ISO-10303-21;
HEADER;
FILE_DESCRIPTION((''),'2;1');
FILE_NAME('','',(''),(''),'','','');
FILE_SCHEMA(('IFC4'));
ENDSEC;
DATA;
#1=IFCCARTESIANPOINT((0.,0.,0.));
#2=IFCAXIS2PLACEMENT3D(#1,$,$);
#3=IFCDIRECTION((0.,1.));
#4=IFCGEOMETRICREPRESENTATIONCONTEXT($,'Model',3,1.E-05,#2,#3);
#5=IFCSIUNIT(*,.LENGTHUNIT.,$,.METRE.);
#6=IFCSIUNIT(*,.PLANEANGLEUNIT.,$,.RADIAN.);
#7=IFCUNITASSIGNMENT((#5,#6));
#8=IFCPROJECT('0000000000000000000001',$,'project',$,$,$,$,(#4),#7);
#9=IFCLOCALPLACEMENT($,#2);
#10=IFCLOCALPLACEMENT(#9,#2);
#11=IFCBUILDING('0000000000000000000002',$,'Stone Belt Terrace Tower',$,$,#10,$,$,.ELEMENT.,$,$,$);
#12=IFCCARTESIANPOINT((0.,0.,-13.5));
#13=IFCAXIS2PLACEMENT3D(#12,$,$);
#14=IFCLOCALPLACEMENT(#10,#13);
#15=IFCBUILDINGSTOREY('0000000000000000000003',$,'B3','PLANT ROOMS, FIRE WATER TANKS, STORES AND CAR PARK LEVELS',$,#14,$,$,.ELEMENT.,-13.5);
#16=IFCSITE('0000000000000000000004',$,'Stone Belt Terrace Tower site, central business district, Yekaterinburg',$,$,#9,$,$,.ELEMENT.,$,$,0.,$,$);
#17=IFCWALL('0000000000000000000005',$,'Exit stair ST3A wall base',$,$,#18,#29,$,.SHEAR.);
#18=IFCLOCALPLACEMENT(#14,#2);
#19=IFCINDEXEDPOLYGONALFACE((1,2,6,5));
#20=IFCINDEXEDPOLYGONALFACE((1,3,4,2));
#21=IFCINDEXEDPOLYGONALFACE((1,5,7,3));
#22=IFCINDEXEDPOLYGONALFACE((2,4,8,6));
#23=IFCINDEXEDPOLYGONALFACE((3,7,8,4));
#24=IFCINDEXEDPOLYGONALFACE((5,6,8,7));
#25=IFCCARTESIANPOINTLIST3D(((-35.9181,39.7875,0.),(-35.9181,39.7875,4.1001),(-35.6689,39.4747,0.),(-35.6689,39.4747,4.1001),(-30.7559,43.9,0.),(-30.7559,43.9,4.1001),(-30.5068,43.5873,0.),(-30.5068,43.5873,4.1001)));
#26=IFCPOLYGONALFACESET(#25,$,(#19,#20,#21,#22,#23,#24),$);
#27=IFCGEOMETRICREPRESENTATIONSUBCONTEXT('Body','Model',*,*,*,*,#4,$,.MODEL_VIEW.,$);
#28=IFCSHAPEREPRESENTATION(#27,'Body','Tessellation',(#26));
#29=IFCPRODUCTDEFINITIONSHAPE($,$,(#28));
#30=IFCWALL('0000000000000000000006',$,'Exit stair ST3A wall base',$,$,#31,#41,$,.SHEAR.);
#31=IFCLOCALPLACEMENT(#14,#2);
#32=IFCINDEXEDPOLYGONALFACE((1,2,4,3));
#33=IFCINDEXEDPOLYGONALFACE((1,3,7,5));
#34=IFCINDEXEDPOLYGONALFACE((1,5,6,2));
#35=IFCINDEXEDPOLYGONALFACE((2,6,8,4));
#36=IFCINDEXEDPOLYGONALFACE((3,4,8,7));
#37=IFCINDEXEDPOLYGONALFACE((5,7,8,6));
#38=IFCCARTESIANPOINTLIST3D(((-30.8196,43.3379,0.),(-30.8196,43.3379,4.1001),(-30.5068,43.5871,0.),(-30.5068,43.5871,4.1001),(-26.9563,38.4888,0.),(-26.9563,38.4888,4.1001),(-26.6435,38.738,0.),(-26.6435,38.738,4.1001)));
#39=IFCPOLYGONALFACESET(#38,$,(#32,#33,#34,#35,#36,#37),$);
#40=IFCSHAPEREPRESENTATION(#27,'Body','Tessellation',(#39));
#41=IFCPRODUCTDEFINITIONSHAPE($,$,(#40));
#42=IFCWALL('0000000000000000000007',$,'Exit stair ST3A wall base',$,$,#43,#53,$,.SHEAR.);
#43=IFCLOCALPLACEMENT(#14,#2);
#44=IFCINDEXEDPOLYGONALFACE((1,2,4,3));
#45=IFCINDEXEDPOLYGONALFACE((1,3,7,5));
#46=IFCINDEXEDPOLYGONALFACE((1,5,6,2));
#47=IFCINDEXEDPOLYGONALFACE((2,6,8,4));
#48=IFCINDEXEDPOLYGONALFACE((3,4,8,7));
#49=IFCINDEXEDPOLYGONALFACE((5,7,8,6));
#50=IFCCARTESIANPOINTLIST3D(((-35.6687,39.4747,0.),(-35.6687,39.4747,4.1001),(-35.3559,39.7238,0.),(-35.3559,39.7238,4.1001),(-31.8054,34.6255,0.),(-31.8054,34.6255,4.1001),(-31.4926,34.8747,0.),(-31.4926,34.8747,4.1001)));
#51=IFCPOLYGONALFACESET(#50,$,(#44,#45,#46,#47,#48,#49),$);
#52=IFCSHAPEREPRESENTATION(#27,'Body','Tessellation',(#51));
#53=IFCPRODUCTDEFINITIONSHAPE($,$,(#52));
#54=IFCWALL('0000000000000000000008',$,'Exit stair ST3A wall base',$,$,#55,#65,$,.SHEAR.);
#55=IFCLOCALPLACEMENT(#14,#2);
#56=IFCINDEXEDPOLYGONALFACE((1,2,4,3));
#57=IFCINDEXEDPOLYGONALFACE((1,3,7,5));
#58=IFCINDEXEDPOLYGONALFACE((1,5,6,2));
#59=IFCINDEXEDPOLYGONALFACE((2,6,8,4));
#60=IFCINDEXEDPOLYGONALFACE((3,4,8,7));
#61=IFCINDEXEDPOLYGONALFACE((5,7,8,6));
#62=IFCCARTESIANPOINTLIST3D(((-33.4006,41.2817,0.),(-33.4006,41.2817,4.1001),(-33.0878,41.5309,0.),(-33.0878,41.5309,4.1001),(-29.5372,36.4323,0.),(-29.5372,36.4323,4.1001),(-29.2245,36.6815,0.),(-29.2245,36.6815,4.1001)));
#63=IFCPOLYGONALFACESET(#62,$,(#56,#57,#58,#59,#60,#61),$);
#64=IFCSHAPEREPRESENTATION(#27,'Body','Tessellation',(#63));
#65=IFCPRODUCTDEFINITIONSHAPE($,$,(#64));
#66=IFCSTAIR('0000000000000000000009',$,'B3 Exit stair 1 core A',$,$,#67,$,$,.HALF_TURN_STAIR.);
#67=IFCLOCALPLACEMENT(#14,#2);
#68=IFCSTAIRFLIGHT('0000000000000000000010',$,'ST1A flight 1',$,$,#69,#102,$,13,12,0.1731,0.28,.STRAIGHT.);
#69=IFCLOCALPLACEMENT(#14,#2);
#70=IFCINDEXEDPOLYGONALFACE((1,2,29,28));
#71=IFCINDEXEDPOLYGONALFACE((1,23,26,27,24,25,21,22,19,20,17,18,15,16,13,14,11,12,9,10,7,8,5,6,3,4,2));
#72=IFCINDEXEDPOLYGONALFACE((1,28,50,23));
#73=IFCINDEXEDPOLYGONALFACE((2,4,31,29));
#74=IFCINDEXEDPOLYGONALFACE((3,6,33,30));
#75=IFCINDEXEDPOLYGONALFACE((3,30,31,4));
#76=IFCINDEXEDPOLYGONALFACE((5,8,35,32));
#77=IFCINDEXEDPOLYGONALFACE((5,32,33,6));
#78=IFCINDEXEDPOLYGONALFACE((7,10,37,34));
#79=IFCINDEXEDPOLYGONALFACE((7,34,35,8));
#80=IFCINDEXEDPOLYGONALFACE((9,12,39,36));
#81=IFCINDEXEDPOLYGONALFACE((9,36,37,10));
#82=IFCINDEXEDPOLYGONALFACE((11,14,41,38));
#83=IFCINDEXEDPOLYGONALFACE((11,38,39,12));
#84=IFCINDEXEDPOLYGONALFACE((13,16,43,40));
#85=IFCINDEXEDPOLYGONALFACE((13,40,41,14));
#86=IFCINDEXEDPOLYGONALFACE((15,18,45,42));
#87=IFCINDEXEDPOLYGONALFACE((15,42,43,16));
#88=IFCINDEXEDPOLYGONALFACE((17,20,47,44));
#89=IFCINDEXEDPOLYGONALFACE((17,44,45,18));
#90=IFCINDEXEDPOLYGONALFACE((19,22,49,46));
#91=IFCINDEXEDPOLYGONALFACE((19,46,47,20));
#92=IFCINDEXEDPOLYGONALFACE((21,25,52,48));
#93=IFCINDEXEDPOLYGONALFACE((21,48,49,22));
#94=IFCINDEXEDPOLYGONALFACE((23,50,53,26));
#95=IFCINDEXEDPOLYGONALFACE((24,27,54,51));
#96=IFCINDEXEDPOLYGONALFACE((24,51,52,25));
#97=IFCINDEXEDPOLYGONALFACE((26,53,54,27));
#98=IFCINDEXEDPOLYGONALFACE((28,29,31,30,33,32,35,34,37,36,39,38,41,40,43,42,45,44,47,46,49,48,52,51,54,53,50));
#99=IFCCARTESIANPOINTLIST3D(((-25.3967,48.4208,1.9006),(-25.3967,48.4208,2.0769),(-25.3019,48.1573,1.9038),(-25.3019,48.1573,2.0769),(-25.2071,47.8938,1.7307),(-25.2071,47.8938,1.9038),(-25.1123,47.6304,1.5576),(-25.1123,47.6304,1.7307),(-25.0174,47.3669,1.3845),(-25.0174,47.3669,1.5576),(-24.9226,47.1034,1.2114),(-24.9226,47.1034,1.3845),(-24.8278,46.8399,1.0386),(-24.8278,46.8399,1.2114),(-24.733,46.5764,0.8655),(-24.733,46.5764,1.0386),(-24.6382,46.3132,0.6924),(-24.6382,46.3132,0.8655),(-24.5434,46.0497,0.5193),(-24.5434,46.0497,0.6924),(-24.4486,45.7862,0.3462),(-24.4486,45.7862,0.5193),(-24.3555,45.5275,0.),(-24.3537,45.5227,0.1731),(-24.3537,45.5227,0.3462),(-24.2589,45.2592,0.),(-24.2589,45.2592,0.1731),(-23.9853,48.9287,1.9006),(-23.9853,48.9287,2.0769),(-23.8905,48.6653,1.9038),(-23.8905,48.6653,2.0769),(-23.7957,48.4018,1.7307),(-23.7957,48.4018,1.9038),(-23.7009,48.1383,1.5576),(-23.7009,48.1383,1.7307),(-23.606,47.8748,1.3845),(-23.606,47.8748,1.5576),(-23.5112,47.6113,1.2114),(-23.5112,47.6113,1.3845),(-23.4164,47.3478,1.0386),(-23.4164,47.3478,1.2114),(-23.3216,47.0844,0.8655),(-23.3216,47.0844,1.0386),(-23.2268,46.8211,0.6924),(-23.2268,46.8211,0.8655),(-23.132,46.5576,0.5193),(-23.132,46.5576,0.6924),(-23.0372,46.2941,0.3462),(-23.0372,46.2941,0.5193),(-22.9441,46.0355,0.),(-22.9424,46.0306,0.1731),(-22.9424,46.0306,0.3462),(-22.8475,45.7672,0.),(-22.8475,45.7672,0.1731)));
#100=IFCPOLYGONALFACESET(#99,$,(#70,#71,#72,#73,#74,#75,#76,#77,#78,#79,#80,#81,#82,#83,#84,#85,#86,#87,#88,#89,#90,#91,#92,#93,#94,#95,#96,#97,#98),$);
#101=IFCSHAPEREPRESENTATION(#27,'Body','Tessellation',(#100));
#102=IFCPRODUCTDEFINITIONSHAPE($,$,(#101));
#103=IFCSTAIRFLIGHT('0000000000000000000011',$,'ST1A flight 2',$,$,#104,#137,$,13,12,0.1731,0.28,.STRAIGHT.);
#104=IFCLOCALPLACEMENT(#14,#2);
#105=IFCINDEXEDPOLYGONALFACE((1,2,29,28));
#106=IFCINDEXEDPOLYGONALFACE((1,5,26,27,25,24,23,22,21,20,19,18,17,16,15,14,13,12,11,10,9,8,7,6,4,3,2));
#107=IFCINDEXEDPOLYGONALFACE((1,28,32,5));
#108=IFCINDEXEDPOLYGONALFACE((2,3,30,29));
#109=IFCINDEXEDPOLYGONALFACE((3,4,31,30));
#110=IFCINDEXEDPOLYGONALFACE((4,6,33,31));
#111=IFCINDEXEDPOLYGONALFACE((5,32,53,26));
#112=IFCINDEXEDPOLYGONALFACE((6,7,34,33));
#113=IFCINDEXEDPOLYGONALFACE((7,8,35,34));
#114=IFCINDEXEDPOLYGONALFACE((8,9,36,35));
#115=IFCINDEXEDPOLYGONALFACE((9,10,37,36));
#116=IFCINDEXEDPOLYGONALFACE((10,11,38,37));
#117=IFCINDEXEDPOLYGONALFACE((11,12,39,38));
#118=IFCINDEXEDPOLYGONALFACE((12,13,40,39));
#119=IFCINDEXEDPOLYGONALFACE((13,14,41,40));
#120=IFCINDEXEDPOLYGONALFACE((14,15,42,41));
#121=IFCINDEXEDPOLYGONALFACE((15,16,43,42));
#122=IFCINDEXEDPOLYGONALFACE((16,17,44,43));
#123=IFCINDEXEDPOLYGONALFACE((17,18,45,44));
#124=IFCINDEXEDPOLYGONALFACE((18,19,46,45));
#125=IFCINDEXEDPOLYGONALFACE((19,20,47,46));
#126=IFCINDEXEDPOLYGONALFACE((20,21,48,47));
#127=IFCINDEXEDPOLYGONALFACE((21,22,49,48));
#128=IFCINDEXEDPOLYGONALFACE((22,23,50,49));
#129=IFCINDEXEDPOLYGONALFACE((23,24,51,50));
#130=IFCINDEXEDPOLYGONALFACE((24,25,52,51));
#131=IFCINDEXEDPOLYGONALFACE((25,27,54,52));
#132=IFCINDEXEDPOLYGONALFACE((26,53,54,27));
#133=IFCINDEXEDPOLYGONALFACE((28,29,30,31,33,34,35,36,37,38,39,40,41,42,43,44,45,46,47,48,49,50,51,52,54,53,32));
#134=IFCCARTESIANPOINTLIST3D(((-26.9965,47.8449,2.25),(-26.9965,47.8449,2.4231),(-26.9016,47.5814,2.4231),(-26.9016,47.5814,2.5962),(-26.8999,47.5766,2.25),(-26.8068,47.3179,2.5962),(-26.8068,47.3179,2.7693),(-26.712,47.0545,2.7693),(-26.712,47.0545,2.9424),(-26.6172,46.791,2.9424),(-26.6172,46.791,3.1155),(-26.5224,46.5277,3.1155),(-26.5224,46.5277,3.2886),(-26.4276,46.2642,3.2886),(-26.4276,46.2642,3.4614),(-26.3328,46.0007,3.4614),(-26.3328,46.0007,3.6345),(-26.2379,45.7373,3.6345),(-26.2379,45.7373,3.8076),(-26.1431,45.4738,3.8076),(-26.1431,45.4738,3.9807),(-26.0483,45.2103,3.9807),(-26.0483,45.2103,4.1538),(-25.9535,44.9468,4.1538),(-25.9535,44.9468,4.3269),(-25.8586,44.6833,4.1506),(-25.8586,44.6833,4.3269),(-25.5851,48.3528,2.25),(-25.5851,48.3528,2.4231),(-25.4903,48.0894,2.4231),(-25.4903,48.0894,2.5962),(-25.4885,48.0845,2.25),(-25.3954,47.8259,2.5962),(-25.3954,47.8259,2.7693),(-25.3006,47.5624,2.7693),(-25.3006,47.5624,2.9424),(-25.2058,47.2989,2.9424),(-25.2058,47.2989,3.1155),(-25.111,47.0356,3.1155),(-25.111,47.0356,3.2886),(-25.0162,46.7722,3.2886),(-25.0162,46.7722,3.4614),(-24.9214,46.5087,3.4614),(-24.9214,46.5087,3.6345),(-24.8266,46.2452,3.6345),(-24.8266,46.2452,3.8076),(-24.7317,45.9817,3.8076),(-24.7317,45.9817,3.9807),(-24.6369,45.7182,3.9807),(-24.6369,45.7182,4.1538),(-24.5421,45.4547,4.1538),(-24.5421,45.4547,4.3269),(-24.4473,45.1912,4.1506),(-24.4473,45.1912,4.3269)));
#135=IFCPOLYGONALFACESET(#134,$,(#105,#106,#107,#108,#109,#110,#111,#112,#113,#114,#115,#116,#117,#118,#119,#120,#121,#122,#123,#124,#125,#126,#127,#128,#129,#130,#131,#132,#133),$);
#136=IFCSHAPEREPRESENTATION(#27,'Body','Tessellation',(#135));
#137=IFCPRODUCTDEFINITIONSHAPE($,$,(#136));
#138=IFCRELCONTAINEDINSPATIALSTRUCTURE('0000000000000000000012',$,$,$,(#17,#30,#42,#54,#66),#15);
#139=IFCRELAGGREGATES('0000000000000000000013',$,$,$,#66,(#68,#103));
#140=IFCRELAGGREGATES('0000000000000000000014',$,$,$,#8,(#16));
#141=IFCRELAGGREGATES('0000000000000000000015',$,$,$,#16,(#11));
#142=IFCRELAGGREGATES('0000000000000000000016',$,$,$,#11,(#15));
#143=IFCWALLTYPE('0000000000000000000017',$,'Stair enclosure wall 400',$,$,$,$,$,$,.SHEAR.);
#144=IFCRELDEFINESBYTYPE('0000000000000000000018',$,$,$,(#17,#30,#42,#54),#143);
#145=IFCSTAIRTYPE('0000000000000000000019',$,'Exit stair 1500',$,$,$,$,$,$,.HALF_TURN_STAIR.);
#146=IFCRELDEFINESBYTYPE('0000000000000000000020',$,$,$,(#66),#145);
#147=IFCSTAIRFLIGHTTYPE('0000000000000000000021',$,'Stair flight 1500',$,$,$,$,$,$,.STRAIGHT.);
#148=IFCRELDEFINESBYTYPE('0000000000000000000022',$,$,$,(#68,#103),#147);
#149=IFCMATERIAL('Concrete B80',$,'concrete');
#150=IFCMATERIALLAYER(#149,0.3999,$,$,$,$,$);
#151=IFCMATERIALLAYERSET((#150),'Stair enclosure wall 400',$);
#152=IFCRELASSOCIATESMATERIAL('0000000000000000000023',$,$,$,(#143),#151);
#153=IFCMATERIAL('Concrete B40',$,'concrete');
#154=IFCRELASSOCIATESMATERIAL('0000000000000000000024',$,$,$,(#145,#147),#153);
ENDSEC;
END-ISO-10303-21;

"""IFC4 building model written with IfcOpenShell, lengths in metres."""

from ifc_helpers import new_model, si_unit, direction, frame, frame_2d, origin, place, context, subcontext, project, spatial, polyline, rectangle, outline, extrude, material, layer, layer_set, type_object, element, aggregate, save


model = new_model("IFC4")

# Units and contexts
model_context = context("Model", 3, precision=1e-05, world=origin(), true_north=direction((0.0, 1.0)))
body_context = subcontext(model_context, "Body", "Model", "MODEL_VIEW")
ifc_project = project(units=[si_unit("LENGTHUNIT", "METRE"), si_unit("PLANEANGLEUNIT", "RADIAN")], contexts=[model_context])

# Site, building, storey
site_placement = place(None, origin())
site = spatial("IfcSite", under=ifc_project, at=site_placement, Name="Stone Belt Terrace Tower site, central business district, Yekaterinburg", CompositionType="ELEMENT", RefElevation=0.0)
building_placement = place(site_placement, origin())
building = spatial("IfcBuilding", under=site, at=building_placement, Name="Stone Belt Terrace Tower", CompositionType="ELEMENT")
storey_placement = place(building_placement, frame((0.0, 0.0, -13.5)))
storey = spatial("IfcBuildingStorey", under=building, at=storey_placement, Name="B3", Description="PLANT ROOMS, FIRE WATER TANKS, STORES AND CAR PARK LEVELS", CompositionType="ELEMENT", Elevation=-13.5)

# Shared definitions
ifc_material_1 = material(Name="Concrete B40", Category="concrete")

# Shared definitions
ifc_material_2 = material(Name="Concrete B80", Category="concrete")

# Walls
ifc_layer_1 = layer(ifc_material_2, 0.3999)
ifc_layer_set_1 = layer_set([ifc_layer_1], Name="Stair enclosure wall 400")
wall_type_1 = type_object("IfcWallType", Name="Stair enclosure wall 400", PredefinedType="SHEAR", material=ifc_layer_set_1)
for number, where, z_axis, x_axis, name in (
    (1, (-30.6313, 43.7437, 0.0), (0.0, 0.0, 1.0), (-0.782134, -0.62311, 0.0), "Exit stair ST3A wall base"),
):
    element("IfcWall", number, at=place(storey_placement, frame(where, z_axis=z_axis, x_axis=x_axis)), inside=storey, type_object=wall_type_1, Name=name, PredefinedType="SHEAR", context=body_context, shape_type="SweptSolid", body=[
        extrude(rectangle(XDim=6.6001, YDim=0.3999, at=frame_2d((3.3, 0.0))), origin(), (0.0, 0.0, 1.0), 4.1001),
    ])
for number, where, z_axis, x_axis, name in (
    (2, (-26.7998, 38.6133, 0.0), (0.0, 0.0, 1.0), (-0.623119, 0.782127, 0.0), "Exit stair ST3A wall base"),
    (3, (-31.6489, 34.75, 0.0), (0.0, 0.0, 1.0), (-0.623119, 0.782127, 0.0), "Exit stair ST3A wall base"),
):
    element("IfcWall", number, at=place(storey_placement, frame(where, z_axis=z_axis, x_axis=x_axis)), inside=storey, type_object=wall_type_1, Name=name, PredefinedType="SHEAR", context=body_context, shape_type="SweptSolid", body=[
        extrude(rectangle(XDim=6.2, YDim=0.3999, at=frame_2d((3.1001, 0.0))), origin(), (0.0, 0.0, 1.0), 4.1001),
    ])
wall_1_placement = place(storey_placement, frame((-29.3809, 36.5569, 0.0), z_axis=(0.0, 0.0, 1.0), x_axis=(-0.623099, 0.782143, 0.0)))
element("IfcWall", 4, at=wall_1_placement, inside=storey, type_object=wall_type_1, Name="Exit stair ST3A wall base", PredefinedType="SHEAR", context=body_context, shape_type="SweptSolid", body=[
    extrude(rectangle(XDim=6.2002, YDim=0.3999, at=frame_2d((3.1001, 0.0))), origin(), (0.0, 0.0, 1.0), 4.1001),
])

# Stair, stair flights
stair_type = type_object("IfcStairType", Name="Exit stair 1500", PredefinedType="HALF_TURN_STAIR", material=ifc_material_1)
stair_placement = place(storey_placement, origin())
stair = element("IfcStair", 5, at=stair_placement, inside=storey, type_object=stair_type, Name="B3 Exit stair 1 core A", PredefinedType="HALF_TURN_STAIR")
stair_flight_type = type_object("IfcStairFlightType", Name="Stair flight 1500", PredefinedType="STRAIGHT", material=ifc_material_1)
stair_flight_1_placement = place(storey_placement, frame((-23.5532, 45.5132, 0.0), z_axis=(0.0, 0.0, 1.0), x_axis=(-0.338624, 0.940922, 0.0)))
stair_flight_1 = element("IfcStairFlight", 6, at=stair_flight_1_placement, type_object=stair_flight_type, Name="ST1A flight 1", NumberOfRisers=13, NumberOfTreads=12, PredefinedType="STRAIGHT", RiserHeight=0.1731, TreadLength=0.28, context=body_context, shape_type="SweptSolid", body=[
    extrude(outline(polyline([(0.0, 0.0), (0.0, 0.1731), (0.28, 0.1731), (0.28, 0.3462), (0.5601, 0.3462), (0.5601, 0.5193), (0.8401, 0.5193), (0.8401, 0.6924), (1.1201, 0.6924), (1.1201, 0.8655), (1.3999, 0.8655), (1.3999, 1.0386), (1.6799, 1.0386), (1.6799, 1.2114), (1.96, 1.2114), (1.96, 1.3845), (2.24, 1.3845), (2.24, 1.5576), (2.52, 1.5576), (2.52, 1.7307), (2.8, 1.7307), (2.8, 1.9038), (3.0801, 1.9038), (3.0801, 2.0769), (3.3601, 2.0769), (3.3601, 2.25), (3.3601, 1.9006), (0.2852, 0.0), (0.0, 0.0)])), frame((0.0, 0.75, 0.0), z_axis=(0.0, -1.0, 0.0), x_axis=(1.0, 0.0, 0.0)), (0.0, 0.0, 1.0), 1.5),
])
stair_flight_2_placement = place(storey_placement, frame((-26.2908, 48.0989, 2.25), z_axis=(0.0, 0.0, 1.0), x_axis=(0.338624, -0.940922, 0.0)))
stair_flight_2 = element("IfcStairFlight", 7, at=stair_flight_2_placement, type_object=stair_flight_type, Name="ST1A flight 2", NumberOfRisers=13, NumberOfTreads=12, PredefinedType="STRAIGHT", RiserHeight=0.1731, TreadLength=0.28, context=body_context, shape_type="SweptSolid", body=[
    extrude(outline(polyline([(0.0, 0.0), (0.0, 0.1731), (0.28, 0.1731), (0.28, 0.3462), (0.5601, 0.3462), (0.5601, 0.5193), (0.8401, 0.5193), (0.8401, 0.6924), (1.1201, 0.6924), (1.1201, 0.8655), (1.3999, 0.8655), (1.3999, 1.0386), (1.6799, 1.0386), (1.6799, 1.2114), (1.96, 1.2114), (1.96, 1.3845), (2.24, 1.3845), (2.24, 1.5576), (2.52, 1.5576), (2.52, 1.7307), (2.8, 1.7307), (2.8, 1.9038), (3.0801, 1.9038), (3.0801, 2.0769), (3.3601, 2.0769), (3.3601, 2.25), (3.3601, 1.9006), (0.2852, 0.0), (0.0, 0.0)])), frame((0.0, 0.75, 0.0), z_axis=(0.0, -1.0, 0.0), x_axis=(1.0, 0.0, 0.0)), (0.0, 0.0, 1.0), 1.5),
])
aggregate(stair, [stair_flight_1, stair_flight_2])

save(model, "model.ifc")
